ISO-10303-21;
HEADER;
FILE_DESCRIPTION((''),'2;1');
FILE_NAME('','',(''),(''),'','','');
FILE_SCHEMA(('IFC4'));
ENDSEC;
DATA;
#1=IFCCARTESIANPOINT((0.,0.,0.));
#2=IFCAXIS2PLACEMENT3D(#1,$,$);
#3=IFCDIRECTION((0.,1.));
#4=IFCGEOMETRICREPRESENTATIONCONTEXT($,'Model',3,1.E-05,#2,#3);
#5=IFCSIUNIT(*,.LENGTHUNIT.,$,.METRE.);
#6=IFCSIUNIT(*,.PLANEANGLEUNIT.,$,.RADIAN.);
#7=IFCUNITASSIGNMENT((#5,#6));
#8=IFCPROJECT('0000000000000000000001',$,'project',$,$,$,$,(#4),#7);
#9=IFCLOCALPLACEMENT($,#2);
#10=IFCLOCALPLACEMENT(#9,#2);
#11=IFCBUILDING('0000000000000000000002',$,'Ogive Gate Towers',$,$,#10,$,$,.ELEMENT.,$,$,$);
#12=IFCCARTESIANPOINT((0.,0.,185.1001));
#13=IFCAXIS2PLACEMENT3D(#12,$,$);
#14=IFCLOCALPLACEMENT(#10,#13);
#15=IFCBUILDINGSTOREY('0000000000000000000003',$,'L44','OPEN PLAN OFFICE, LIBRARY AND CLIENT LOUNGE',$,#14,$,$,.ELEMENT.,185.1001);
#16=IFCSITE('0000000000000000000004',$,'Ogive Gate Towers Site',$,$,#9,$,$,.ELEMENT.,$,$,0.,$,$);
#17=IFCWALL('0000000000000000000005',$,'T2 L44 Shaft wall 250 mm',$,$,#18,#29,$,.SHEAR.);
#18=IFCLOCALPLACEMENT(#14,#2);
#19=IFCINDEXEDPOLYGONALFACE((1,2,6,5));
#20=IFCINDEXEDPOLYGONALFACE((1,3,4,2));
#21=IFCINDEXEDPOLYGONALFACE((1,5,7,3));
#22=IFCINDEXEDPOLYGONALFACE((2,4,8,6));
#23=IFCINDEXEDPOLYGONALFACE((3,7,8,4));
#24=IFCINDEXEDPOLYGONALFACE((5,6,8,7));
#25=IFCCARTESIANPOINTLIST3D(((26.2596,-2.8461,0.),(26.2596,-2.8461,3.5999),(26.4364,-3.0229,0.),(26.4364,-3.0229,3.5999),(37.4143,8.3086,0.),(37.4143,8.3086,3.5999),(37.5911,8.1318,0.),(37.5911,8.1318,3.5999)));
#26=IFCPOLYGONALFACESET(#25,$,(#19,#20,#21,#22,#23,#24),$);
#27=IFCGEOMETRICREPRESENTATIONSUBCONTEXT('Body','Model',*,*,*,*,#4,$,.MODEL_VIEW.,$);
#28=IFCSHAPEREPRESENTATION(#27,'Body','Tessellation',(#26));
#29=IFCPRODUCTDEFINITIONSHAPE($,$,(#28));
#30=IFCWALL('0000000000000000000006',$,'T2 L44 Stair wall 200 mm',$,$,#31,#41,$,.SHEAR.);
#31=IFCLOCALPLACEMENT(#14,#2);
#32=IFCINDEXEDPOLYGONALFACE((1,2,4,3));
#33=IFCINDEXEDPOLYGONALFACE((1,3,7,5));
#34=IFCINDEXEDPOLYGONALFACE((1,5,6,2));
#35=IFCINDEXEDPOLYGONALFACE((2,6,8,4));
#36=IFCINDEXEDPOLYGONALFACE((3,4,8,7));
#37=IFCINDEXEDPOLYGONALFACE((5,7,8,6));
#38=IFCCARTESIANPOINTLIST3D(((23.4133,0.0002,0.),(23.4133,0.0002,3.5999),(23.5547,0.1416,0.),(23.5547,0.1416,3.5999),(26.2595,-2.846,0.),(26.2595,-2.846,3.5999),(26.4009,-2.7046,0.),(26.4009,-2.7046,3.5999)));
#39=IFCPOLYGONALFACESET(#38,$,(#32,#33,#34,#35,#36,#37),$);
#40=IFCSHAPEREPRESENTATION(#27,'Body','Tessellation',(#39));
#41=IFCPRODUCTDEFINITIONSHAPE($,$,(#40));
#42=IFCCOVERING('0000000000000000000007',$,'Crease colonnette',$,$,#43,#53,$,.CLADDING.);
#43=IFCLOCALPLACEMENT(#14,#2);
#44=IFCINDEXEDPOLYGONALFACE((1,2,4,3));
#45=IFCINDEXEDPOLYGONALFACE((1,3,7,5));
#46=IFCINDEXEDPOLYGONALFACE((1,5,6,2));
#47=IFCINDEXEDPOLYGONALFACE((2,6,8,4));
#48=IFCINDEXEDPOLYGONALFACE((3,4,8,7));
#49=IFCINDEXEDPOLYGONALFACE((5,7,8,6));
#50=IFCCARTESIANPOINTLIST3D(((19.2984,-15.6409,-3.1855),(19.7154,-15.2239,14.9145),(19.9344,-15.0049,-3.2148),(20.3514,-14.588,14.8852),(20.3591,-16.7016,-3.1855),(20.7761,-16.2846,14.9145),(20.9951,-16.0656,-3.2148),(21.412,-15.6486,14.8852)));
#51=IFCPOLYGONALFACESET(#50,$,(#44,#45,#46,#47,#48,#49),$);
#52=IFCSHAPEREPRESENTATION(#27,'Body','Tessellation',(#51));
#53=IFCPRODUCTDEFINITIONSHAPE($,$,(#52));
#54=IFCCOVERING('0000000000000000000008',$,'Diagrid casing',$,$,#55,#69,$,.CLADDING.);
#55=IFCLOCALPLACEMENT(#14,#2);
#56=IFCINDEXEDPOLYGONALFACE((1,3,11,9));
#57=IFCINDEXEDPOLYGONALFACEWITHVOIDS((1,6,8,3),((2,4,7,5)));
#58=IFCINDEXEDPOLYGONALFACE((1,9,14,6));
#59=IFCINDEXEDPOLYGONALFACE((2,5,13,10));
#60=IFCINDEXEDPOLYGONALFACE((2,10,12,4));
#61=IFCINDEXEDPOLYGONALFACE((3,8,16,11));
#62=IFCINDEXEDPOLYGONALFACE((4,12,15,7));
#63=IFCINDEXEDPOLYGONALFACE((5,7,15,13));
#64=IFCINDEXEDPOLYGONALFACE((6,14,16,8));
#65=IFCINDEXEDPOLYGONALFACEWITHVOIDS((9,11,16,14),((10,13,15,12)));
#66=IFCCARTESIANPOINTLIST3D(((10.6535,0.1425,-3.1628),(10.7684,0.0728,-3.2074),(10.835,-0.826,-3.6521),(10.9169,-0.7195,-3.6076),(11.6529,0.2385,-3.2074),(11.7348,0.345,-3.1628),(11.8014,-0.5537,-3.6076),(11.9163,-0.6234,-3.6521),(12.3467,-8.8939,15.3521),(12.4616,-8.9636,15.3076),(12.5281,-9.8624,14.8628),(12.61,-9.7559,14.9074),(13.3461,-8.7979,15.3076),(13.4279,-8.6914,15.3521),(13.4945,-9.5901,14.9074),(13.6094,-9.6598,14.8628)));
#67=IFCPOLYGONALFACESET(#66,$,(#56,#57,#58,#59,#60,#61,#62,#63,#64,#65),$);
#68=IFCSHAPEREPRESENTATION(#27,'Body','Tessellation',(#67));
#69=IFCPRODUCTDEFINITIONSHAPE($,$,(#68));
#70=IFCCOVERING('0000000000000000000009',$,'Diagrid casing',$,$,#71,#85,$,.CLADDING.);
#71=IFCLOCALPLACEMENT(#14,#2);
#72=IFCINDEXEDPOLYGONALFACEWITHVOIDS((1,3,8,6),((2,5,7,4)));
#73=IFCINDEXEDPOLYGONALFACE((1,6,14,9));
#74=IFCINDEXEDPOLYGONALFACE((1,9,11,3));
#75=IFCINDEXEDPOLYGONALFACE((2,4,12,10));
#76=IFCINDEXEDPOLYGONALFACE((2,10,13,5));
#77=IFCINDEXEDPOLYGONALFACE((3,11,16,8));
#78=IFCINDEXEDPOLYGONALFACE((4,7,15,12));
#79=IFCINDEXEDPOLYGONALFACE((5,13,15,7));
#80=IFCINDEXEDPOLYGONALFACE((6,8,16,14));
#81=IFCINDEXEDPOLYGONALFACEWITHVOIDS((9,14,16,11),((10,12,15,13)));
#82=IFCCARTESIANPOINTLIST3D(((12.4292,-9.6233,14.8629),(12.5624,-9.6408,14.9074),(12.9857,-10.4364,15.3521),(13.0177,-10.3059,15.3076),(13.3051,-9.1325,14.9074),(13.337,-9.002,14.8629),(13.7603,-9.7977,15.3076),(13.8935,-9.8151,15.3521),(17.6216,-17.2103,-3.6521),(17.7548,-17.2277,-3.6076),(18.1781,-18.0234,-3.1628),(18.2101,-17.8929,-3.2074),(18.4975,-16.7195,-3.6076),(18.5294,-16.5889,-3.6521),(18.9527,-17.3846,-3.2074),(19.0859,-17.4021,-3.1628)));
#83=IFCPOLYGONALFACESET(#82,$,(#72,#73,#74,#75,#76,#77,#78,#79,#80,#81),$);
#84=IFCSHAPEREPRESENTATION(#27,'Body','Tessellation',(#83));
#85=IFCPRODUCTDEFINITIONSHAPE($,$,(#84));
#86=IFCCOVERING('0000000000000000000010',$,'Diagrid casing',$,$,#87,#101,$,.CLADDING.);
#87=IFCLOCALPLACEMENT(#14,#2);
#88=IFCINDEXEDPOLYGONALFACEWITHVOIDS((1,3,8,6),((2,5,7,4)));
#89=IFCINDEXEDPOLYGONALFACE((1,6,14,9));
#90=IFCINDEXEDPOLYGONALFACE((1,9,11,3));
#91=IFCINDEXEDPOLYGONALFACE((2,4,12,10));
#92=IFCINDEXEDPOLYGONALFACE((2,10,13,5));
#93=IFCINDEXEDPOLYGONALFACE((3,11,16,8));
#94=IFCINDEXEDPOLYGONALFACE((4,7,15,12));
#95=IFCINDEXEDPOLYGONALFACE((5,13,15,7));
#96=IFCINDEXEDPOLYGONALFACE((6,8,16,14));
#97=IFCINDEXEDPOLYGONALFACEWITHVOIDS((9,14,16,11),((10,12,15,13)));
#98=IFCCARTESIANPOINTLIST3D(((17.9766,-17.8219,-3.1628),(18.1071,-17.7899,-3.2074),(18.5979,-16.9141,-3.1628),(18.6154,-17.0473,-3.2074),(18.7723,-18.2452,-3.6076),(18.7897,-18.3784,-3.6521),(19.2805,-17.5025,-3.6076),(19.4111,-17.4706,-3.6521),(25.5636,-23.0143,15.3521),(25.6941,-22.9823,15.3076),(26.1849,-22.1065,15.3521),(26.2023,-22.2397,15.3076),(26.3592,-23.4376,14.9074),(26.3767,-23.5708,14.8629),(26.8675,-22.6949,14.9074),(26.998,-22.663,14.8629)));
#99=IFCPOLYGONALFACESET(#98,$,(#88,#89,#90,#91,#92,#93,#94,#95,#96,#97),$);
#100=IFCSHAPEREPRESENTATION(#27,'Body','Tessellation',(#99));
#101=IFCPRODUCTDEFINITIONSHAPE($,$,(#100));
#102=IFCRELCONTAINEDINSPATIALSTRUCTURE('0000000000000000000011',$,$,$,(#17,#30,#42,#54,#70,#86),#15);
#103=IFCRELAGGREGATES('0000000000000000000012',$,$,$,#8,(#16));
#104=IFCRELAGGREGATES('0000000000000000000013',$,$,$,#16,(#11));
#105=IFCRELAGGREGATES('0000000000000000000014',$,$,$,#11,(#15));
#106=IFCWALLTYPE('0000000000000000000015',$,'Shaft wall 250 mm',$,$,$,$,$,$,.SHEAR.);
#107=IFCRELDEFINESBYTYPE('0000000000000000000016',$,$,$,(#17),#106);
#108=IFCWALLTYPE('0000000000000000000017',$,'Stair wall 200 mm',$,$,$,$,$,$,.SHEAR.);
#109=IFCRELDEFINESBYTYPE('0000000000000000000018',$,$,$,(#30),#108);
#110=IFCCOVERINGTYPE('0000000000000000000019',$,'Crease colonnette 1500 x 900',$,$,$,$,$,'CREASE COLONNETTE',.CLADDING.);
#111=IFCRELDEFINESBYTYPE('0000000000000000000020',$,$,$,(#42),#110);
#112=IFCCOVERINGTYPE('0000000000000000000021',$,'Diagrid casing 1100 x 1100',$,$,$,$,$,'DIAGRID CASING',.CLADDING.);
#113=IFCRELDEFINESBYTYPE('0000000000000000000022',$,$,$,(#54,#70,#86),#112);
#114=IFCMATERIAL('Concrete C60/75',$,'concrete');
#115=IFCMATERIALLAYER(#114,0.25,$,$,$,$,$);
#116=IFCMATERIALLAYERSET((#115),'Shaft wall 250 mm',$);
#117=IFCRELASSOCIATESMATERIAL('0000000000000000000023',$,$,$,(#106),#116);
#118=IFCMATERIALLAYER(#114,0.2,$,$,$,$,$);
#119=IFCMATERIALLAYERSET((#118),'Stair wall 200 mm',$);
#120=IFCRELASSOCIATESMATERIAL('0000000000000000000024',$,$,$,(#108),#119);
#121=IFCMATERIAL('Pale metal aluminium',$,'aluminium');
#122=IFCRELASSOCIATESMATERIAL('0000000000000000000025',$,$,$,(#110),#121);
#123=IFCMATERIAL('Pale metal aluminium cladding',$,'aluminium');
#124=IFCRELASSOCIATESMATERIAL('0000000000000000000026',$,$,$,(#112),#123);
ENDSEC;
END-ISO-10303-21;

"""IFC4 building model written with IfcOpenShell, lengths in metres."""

from ifc_helpers import new_model, si_unit, direction, frame, frame_2d, origin, origin_2d, place, context, subcontext, project, spatial, rectangle, hollow_rectangle, extrude, material, layer, layer_set, material_profile, profile_set, type_object, element, save


model = new_model("IFC4")

# Units and contexts
model_context = context("Model", 3, precision=1e-05, world=origin(), true_north=direction((0.0, 1.0)))
body_context = subcontext(model_context, "Body", "Model", "MODEL_VIEW")
ifc_project = project(units=[si_unit("LENGTHUNIT", "METRE"), si_unit("PLANEANGLEUNIT", "RADIAN")], contexts=[model_context])

# Site, building, storey
site_placement = place(None, origin())
site = spatial("IfcSite", under=ifc_project, at=site_placement, Name="Ogive Gate Towers Site", CompositionType="ELEMENT", RefElevation=0.0)
building_placement = place(site_placement, origin())
building = spatial("IfcBuilding", under=site, at=building_placement, Name="Ogive Gate Towers", CompositionType="ELEMENT")
storey_placement = place(building_placement, frame((0.0, 0.0, 185.1001)))
storey = spatial("IfcBuildingStorey", under=building, at=storey_placement, Name="L44", Description="OPEN PLAN OFFICE, LIBRARY AND CLIENT LOUNGE", CompositionType="ELEMENT", Elevation=185.1001)

# Walls
ifc_material_1 = material(Name="Concrete C60/75", Category="concrete")
ifc_layer_1 = layer(ifc_material_1, 0.25)
ifc_layer_set_1 = layer_set([ifc_layer_1], Name="Shaft wall 250 mm")
wall_type_1 = type_object("IfcWallType", Name="Shaft wall 250 mm", PredefinedType="SHEAR", material=ifc_layer_set_1)
wall_1_placement = place(storey_placement, frame((26.3479, -2.9346, 0.0), z_axis=(0.0, 0.0, 1.0), x_axis=(0.707107, 0.707107, 0.0)))
element("IfcWall", 1, at=wall_1_placement, inside=storey, type_object=wall_type_1, Name="T2 L44 Shaft wall 250 mm", PredefinedType="SHEAR", context=body_context, shape_type="SweptSolid", body=[
    extrude(rectangle(XDim=15.7751, YDim=0.25, at=frame_2d((7.8877, 0.0))), origin(), (0.0, 0.0, 1.0), 3.5999),
])
ifc_layer_2 = layer(ifc_material_1, 0.2)
ifc_layer_set_2 = layer_set([ifc_layer_2], Name="Stair wall 200 mm")
wall_type_2 = type_object("IfcWallType", Name="Stair wall 200 mm", PredefinedType="SHEAR", material=ifc_layer_set_2)
wall_2_placement = place(storey_placement, frame((26.3303, -2.7754, 0.0), z_axis=(0.0, 0.0, 1.0), x_axis=(-0.707107, 0.707107, 0.0)))
element("IfcWall", 2, at=wall_2_placement, inside=storey, type_object=wall_type_2, Name="T2 L44 Stair wall 200 mm", PredefinedType="SHEAR", context=body_context, shape_type="SweptSolid", body=[
    extrude(rectangle(XDim=4.0251, YDim=0.2, at=frame_2d((2.0127, 0.0))), origin(), (0.0, 0.0, 1.0), 3.5999),
])

# Coverings
ifc_material_2 = material(Name="Pale metal aluminium", Category="aluminium")
ifc_material_profile_1 = material_profile(ifc_material_2, rectangle(XDim=1.5, YDim=0.8999, at=origin_2d()), Name="1500 x 900 pale metal aluminium")
ifc_profile_set_1 = profile_set([ifc_material_profile_1], Name="Pale metal aluminium")
covering_type_1 = type_object("IfcCoveringType", Name="Crease colonnette 1500 x 900", ElementType="CREASE COLONNETTE", PredefinedType="CLADDING", material=ifc_profile_set_1)
covering_placement = place(storey_placement, frame((20.1467, -15.8533, -3.2002), z_axis=(0.023026, 0.023026, 0.99947), x_axis=(-0.707107, 0.707107, 0.0)))
element("IfcCovering", 3, at=covering_placement, inside=storey, type_object=covering_type_1, Name="Crease colonnette", PredefinedType="CLADDING", context=body_context, shape_type="SweptSolid", body=[
    extrude(rectangle(XDim=1.5, YDim=0.8999, at=origin_2d()), origin(), (0.0, 0.0, 1.0), 18.1096),
])
ifc_material_3 = material(Name="Pale metal aluminium cladding", Category="aluminium")
ifc_material_profile_2 = material_profile(ifc_material_3, hollow_rectangle(XDim=1.1001, YDim=1.1001, WallThickness=0.1001, at=origin_2d()), Name="1100 x 1100 pale metal casing")
ifc_profile_set_2 = profile_set([ifc_material_profile_2], Name="Pale metal aluminium cladding")
covering_type_2 = type_object("IfcCoveringType", Name="Diagrid casing 1100 x 1100", ElementType="DIAGRID CASING", PredefinedType="CLADDING", material=ifc_profile_set_2)
for number, where, z_axis, x_axis, name in (
    (4, (11.2849, -0.2405, -3.4075), (0.081905, -0.437135, 0.895659), (0.982896, 0.184162, 0.0), "Diagrid casing"),
    (5, (18.3538, -17.3062, -3.4075), (-0.251182, 0.367018, 0.895659), (-0.82524, -0.564783, 0.0), "Diagrid casing"),
    (6, (18.6938, -17.6462, -3.4075), (0.367018, -0.251182, 0.895659), (0.564783, 0.82524, 0.0), "Diagrid casing"),
):
    element("IfcCovering", number, at=place(storey_placement, frame(where, z_axis=z_axis, x_axis=x_axis)), inside=storey, type_object=covering_type_2, Name=name, PredefinedType="CLADDING", context=body_context, shape_type="SweptSolid", body=[
        extrude(hollow_rectangle(XDim=1.1001, YDim=1.1001, WallThickness=0.1001, at=origin_2d()), origin(), (0.0, 0.0, 1.0), 20.6719),
    ])

save(model, "model.ifc")
